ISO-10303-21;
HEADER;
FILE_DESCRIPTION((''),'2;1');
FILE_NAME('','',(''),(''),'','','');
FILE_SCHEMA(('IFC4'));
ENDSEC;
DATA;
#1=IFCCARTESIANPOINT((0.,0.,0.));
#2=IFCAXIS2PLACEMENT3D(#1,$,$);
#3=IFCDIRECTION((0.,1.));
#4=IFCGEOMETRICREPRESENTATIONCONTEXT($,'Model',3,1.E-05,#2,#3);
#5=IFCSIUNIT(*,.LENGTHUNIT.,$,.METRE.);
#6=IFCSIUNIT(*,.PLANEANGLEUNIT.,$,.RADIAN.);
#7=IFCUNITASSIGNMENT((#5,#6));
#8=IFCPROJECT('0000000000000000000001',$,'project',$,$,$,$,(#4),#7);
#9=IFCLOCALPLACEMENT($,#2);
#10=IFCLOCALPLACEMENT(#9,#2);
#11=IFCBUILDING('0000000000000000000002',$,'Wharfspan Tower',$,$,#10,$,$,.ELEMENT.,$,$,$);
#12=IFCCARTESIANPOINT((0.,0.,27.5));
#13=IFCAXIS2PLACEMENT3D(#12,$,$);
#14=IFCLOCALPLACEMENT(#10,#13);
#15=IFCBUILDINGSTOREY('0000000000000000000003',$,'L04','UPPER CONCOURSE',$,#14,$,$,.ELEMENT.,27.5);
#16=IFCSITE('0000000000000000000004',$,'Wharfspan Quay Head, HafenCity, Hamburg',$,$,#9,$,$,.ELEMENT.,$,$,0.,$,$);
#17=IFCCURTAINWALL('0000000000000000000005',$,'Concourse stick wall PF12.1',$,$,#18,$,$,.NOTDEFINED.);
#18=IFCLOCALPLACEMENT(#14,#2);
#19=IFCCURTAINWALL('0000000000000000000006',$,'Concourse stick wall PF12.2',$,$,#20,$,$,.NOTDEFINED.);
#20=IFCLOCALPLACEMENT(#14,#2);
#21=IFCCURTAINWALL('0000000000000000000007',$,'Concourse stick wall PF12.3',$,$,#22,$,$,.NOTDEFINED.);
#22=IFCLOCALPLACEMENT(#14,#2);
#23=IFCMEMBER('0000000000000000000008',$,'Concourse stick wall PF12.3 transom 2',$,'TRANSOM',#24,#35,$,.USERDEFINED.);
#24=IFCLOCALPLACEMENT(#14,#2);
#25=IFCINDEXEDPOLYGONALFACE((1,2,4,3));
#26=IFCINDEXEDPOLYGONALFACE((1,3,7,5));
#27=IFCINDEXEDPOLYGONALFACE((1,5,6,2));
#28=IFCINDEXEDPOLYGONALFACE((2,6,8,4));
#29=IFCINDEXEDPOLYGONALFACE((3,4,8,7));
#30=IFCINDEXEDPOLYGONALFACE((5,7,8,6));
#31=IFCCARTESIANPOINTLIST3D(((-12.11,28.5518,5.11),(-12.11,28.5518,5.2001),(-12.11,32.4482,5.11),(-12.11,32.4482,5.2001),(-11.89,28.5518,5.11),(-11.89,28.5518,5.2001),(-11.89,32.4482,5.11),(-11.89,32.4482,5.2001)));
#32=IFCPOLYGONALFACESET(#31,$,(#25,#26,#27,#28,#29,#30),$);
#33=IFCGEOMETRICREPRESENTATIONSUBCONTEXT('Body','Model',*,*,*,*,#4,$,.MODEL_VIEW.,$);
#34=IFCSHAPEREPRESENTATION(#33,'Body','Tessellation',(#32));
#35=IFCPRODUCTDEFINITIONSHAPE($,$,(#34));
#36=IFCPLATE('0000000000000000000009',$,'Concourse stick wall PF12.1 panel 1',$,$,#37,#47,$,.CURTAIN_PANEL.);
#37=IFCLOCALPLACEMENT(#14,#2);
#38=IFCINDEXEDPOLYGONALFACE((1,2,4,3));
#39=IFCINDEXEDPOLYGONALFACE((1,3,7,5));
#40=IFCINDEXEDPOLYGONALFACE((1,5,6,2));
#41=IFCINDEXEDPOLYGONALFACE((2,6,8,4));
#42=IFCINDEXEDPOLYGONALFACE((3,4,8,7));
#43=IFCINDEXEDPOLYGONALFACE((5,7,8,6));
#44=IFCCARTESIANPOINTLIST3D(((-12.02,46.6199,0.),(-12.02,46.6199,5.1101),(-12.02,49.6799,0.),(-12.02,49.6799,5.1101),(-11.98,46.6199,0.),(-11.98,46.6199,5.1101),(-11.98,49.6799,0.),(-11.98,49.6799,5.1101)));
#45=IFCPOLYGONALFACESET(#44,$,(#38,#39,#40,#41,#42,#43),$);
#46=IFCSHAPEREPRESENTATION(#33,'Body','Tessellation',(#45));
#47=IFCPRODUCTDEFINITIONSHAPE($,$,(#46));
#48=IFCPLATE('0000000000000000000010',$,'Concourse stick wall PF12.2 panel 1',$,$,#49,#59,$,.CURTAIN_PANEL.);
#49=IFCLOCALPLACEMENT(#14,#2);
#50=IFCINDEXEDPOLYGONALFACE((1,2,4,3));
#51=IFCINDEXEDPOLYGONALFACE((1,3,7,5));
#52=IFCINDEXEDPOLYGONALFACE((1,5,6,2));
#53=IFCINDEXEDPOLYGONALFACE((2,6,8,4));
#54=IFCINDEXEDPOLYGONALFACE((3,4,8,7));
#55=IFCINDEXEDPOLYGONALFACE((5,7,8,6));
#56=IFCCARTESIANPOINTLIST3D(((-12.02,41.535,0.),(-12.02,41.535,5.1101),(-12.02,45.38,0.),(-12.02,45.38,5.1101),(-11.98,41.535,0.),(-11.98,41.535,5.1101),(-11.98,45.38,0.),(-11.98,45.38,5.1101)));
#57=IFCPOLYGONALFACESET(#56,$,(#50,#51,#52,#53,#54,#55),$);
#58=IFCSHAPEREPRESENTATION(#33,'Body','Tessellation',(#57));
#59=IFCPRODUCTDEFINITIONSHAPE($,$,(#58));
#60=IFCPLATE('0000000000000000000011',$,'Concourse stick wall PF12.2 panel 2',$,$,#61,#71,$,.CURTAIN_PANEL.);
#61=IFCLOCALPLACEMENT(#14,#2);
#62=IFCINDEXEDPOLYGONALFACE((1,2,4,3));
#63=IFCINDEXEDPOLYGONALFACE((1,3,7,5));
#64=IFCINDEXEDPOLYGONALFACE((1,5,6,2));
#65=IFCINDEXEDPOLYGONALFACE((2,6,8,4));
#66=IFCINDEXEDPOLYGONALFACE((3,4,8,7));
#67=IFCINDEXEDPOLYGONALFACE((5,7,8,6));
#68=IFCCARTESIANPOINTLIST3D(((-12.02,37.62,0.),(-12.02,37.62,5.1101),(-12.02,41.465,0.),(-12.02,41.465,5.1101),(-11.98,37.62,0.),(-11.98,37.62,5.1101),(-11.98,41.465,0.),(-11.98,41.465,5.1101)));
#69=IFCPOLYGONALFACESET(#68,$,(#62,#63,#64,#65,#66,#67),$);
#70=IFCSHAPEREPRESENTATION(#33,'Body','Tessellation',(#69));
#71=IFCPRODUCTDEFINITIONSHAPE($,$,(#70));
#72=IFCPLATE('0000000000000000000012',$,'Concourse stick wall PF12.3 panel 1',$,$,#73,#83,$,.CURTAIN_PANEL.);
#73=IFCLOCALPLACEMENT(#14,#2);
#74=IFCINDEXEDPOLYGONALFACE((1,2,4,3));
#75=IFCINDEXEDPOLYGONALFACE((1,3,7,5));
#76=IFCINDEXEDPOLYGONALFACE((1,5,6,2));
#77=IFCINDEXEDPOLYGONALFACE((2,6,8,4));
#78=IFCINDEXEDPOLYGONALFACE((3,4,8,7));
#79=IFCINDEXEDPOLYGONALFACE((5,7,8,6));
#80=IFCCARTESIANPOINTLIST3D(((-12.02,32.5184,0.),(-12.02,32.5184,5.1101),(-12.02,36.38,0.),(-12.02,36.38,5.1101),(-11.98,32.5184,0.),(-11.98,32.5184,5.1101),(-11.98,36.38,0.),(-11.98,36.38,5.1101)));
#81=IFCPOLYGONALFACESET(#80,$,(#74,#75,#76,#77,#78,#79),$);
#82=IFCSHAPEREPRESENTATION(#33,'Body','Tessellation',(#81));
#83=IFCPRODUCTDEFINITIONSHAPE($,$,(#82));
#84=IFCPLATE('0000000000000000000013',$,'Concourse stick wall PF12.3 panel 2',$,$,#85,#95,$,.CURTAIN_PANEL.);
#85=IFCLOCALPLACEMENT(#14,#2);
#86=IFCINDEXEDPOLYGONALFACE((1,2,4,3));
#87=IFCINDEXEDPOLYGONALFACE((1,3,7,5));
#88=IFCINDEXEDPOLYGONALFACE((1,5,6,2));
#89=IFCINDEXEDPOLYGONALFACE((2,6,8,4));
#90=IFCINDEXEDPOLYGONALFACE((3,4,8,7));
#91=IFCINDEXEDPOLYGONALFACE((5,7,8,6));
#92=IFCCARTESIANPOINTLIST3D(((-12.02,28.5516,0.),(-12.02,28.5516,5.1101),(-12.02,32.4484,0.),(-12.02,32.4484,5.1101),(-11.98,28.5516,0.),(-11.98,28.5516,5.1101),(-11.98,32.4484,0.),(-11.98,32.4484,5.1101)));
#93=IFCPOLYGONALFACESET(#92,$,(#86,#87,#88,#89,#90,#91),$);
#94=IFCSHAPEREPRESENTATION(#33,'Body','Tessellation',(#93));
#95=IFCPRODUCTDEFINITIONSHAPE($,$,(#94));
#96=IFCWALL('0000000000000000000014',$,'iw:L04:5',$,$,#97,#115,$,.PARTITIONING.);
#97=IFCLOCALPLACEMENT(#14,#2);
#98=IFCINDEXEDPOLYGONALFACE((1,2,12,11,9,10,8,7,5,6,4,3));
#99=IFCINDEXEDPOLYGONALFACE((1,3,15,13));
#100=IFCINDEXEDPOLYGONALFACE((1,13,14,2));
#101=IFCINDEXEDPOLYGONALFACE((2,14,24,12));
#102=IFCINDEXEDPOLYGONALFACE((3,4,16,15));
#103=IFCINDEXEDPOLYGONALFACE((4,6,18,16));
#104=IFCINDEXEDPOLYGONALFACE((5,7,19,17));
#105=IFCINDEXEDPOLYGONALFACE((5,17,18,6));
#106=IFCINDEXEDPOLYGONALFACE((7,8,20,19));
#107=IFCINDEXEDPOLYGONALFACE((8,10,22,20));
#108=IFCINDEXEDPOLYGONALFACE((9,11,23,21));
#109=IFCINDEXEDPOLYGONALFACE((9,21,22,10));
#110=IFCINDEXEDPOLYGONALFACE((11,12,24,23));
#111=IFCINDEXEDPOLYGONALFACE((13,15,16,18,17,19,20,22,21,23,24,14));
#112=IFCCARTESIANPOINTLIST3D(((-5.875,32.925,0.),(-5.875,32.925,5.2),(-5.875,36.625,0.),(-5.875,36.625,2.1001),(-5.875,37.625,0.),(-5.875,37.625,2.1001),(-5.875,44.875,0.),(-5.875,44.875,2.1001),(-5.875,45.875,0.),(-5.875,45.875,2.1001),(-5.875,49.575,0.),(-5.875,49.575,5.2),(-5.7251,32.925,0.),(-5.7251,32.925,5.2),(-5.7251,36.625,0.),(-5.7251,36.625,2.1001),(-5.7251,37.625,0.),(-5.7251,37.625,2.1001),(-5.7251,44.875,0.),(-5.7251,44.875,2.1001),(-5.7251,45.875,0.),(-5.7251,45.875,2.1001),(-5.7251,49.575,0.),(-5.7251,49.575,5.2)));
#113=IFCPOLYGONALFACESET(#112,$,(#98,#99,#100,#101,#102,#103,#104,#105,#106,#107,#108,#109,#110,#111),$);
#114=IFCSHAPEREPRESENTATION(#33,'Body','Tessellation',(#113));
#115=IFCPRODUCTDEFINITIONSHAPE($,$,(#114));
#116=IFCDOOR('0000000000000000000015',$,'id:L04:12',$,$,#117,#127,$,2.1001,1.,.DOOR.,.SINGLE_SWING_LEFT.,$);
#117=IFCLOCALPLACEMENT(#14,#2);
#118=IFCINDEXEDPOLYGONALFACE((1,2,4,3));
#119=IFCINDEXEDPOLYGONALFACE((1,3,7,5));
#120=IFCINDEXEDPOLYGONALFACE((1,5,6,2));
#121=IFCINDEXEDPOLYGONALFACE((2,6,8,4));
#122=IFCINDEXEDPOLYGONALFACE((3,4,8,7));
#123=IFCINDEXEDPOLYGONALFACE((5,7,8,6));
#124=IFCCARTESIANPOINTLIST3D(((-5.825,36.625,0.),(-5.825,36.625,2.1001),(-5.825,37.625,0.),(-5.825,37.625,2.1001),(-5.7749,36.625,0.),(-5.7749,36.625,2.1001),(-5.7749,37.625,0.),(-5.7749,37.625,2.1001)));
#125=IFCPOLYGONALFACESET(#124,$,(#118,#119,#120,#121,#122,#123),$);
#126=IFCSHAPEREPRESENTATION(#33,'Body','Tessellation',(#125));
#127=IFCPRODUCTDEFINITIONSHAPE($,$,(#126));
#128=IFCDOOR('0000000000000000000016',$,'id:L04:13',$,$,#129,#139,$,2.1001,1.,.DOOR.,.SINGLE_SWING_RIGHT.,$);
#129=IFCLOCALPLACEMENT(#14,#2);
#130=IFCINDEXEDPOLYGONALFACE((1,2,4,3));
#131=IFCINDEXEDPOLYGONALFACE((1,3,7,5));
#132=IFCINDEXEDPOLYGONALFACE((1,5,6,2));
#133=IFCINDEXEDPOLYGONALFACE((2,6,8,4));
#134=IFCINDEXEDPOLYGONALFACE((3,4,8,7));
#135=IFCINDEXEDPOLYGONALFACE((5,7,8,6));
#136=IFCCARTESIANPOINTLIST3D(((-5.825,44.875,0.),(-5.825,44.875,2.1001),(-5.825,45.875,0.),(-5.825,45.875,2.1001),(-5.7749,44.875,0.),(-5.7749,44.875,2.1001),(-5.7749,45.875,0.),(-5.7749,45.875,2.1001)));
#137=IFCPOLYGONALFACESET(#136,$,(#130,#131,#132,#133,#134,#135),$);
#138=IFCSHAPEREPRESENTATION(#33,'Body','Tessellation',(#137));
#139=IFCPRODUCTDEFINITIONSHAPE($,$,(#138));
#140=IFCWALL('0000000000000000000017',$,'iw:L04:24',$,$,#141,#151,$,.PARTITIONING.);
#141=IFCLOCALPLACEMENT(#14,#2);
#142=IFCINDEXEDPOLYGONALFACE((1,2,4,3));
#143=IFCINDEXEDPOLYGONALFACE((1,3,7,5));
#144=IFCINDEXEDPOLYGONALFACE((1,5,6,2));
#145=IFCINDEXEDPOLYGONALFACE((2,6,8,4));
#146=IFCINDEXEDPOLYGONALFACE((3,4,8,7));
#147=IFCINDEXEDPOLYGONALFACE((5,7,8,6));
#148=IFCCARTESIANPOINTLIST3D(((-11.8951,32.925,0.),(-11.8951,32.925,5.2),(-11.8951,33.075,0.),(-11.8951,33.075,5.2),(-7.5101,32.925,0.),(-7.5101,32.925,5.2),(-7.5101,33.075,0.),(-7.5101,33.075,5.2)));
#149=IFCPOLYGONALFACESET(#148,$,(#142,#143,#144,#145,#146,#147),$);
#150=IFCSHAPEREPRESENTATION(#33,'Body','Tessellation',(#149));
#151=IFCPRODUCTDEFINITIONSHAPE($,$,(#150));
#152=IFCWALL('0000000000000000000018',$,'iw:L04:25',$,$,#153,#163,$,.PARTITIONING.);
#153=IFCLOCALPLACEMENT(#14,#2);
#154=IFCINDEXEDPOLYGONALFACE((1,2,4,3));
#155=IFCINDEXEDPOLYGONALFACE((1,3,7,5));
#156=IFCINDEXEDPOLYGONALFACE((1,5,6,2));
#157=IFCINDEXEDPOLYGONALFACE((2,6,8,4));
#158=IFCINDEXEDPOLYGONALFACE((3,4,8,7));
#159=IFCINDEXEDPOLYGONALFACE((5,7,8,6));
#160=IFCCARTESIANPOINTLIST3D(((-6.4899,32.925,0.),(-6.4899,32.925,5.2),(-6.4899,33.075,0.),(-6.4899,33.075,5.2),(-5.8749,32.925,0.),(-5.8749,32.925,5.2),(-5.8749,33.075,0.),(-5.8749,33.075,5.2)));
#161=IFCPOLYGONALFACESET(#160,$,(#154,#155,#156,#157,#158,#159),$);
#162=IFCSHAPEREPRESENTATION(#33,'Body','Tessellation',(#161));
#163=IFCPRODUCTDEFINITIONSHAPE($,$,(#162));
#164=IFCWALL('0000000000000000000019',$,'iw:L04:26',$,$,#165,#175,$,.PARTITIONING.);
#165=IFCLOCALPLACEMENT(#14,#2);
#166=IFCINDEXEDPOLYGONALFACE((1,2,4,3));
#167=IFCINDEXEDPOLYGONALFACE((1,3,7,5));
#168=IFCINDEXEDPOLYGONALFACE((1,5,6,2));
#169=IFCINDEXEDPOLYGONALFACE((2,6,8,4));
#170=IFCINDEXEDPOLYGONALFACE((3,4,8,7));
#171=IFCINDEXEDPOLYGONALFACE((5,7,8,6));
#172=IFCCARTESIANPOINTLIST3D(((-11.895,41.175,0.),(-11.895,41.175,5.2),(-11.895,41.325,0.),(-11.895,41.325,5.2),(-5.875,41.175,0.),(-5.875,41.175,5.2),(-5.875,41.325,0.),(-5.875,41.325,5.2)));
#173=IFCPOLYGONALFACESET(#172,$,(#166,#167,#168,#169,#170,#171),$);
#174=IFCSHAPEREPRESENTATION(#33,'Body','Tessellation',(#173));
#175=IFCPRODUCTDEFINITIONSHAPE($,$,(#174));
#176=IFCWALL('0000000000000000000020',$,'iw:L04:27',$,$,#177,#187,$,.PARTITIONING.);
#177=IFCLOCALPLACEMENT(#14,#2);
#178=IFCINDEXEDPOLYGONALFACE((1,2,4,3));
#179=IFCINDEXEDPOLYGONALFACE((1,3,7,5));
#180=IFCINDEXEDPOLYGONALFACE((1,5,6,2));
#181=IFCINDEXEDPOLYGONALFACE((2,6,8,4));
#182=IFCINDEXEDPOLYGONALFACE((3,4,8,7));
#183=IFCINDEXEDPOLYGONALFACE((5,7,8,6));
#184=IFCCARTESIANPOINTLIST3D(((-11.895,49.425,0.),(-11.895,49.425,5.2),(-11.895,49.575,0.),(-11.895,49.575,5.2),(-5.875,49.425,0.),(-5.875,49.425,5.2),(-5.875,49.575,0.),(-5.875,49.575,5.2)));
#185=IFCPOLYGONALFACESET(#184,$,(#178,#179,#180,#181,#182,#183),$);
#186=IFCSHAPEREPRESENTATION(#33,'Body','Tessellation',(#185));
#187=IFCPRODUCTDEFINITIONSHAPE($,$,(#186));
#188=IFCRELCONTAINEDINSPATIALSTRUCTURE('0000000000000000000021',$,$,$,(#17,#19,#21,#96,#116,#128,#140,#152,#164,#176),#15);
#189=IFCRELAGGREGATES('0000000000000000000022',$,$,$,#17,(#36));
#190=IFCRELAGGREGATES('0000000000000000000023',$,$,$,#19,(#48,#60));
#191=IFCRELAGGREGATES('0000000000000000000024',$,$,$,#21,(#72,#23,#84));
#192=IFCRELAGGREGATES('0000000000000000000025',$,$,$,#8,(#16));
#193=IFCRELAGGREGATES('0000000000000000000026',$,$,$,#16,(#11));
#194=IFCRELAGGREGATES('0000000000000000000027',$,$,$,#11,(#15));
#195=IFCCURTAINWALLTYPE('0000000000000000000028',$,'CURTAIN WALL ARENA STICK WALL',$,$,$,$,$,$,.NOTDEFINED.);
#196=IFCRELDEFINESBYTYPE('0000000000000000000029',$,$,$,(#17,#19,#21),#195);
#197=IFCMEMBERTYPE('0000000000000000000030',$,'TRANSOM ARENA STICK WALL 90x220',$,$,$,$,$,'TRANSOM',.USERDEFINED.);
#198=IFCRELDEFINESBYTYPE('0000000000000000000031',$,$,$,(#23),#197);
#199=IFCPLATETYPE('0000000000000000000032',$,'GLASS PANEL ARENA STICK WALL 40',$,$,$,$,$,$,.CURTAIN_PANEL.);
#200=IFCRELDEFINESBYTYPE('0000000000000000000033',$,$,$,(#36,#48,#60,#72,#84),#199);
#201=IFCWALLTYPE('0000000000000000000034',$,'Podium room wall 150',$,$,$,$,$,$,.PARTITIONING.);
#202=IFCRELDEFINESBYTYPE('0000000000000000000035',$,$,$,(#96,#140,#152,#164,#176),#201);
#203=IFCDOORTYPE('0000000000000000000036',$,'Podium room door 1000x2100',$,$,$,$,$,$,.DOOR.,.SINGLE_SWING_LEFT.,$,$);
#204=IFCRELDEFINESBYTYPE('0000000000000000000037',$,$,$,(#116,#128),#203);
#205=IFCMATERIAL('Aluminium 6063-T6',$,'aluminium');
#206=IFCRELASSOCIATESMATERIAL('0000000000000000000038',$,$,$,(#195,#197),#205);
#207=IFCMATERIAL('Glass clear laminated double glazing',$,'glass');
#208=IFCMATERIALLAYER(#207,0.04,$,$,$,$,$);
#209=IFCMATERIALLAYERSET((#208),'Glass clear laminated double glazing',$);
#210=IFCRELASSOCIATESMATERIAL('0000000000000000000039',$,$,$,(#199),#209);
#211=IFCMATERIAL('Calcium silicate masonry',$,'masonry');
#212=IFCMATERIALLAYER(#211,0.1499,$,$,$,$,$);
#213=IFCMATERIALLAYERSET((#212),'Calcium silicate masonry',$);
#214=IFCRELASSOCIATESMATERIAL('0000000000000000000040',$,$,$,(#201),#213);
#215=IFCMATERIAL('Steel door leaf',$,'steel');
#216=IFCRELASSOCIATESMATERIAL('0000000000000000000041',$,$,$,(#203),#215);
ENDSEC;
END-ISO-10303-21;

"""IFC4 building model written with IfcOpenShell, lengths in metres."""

from ifc_helpers import new_model, si_unit, direction, frame, frame_2d, origin, origin_2d, place, context, subcontext, project, spatial, rectangle, extrude, material, layer, layer_set, material_profile, profile_set, type_object, element, fill, aggregate, save


model = new_model("IFC4")

# Units and contexts
model_context = context("Model", 3, precision=1e-05, world=origin(), true_north=direction((0.0, 1.0)))
body_context = subcontext(model_context, "Body", "Model", "MODEL_VIEW")
ifc_project = project(units=[si_unit("LENGTHUNIT", "METRE"), si_unit("PLANEANGLEUNIT", "RADIAN")], contexts=[model_context])

# Site, building, storey
site_placement = place(None, origin())
site = spatial("IfcSite", under=ifc_project, at=site_placement, Name="Wharfspan Quay Head, HafenCity, Hamburg", CompositionType="ELEMENT", RefElevation=0.0)
building_placement = place(site_placement, origin())
building = spatial("IfcBuilding", under=site, at=building_placement, Name="Wharfspan Tower", CompositionType="ELEMENT")
storey_placement = place(building_placement, frame((0.0, 0.0, 27.5)))
storey = spatial("IfcBuildingStorey", under=building, at=storey_placement, Name="L04", Description="UPPER CONCOURSE", CompositionType="ELEMENT", Elevation=27.5)

# Curtain walls
ifc_material_1 = material(Name="Aluminium 6063-T6", Category="aluminium")
curtain_wall_type = type_object("IfcCurtainWallType", Name="CURTAIN WALL ARENA STICK WALL", PredefinedType="NOTDEFINED", material=ifc_material_1)
curtain_wall_1_placement = place(storey_placement, origin())
curtain_wall_1 = element("IfcCurtainWall", 1, at=curtain_wall_1_placement, inside=storey, type_object=curtain_wall_type, Name="Concourse stick wall PF12.1", PredefinedType="NOTDEFINED")
curtain_wall_2_placement = place(storey_placement, origin())
curtain_wall_2 = element("IfcCurtainWall", 2, at=curtain_wall_2_placement, inside=storey, type_object=curtain_wall_type, Name="Concourse stick wall PF12.2", PredefinedType="NOTDEFINED")
curtain_wall_3_placement = place(storey_placement, origin())
curtain_wall_3 = element("IfcCurtainWall", 3, at=curtain_wall_3_placement, inside=storey, type_object=curtain_wall_type, Name="Concourse stick wall PF12.3", PredefinedType="NOTDEFINED")

# Member
ifc_material_profile_1 = material_profile(ifc_material_1, rectangle(XDim=0.22, YDim=0.0901, at=origin_2d()))
ifc_profile_set_1 = profile_set([ifc_material_profile_1], Name="Aluminium 6063-T6")
member_type_1 = type_object("IfcMemberType", Name="TRANSOM ARENA STICK WALL 90x220", ElementType="TRANSOM", PredefinedType="USERDEFINED", material=ifc_profile_set_1)
member_1_placement = place(storey_placement, frame((-12.0, 32.4482, 5.155), z_axis=(0.0, -1.0, 0.0), x_axis=(1.0, 0.0, 0.0)))
member_1 = element("IfcMember", 4, at=member_1_placement, type_object=member_type_1, Name="Concourse stick wall PF12.3 transom 2", ObjectType="TRANSOM", PredefinedType="USERDEFINED", context=body_context, shape_type="SweptSolid", body=[
    extrude(rectangle(XDim=0.22, YDim=0.0901, at=origin_2d()), origin(), (0.0, 0.0, 1.0), 3.8965),
])

# Plates
ifc_material_2 = material(Name="Glass clear laminated double glazing", Category="glass")
ifc_layer_1 = layer(ifc_material_2, 0.04)
ifc_layer_set_1 = layer_set([ifc_layer_1], Name="Glass clear laminated double glazing")
plate_type = type_object("IfcPlateType", Name="GLASS PANEL ARENA STICK WALL 40", PredefinedType="CURTAIN_PANEL", material=ifc_layer_set_1)
plate_1_placement = place(storey_placement, frame((-12.0, 48.1499, 0.0), z_axis=(0.0, 0.0, 1.0), x_axis=(0.0, -1.0, 0.0)))
plate_1 = element("IfcPlate", 5, at=plate_1_placement, type_object=plate_type, Name="Concourse stick wall PF12.1 panel 1", PredefinedType="CURTAIN_PANEL", context=body_context, shape_type="SweptSolid", body=[
    extrude(rectangle(XDim=3.0601, YDim=0.04, at=origin_2d()), origin(), (0.0, 0.0, 1.0), 5.1101),
])
aggregate(curtain_wall_1, [plate_1])
plate_2_placement = place(storey_placement, frame((-12.0, 43.4575, 0.0), z_axis=(0.0, 0.0, 1.0), x_axis=(0.0, -1.0, 0.0)))
plate_2 = element("IfcPlate", 6, at=plate_2_placement, type_object=plate_type, Name="Concourse stick wall PF12.2 panel 1", PredefinedType="CURTAIN_PANEL", context=body_context, shape_type="SweptSolid", body=[
    extrude(rectangle(XDim=3.845, YDim=0.04, at=origin_2d()), origin(), (0.0, 0.0, 1.0), 5.1101),
])
plate_3_placement = place(storey_placement, frame((-12.0, 39.5425, 0.0), z_axis=(0.0, 0.0, 1.0), x_axis=(0.0, -1.0, 0.0)))
plate_3 = element("IfcPlate", 7, at=plate_3_placement, type_object=plate_type, Name="Concourse stick wall PF12.2 panel 2", PredefinedType="CURTAIN_PANEL", context=body_context, shape_type="SweptSolid", body=[
    extrude(rectangle(XDim=3.845, YDim=0.04, at=origin_2d()), origin(), (0.0, 0.0, 1.0), 5.1101),
])
aggregate(curtain_wall_2, [plate_2, plate_3])
plate_4_placement = place(storey_placement, frame((-12.0, 34.4492, 0.0), z_axis=(0.0, 0.0, 1.0), x_axis=(0.0, -1.0, 0.0)))
plate_4 = element("IfcPlate", 8, at=plate_4_placement, type_object=plate_type, Name="Concourse stick wall PF12.3 panel 1", PredefinedType="CURTAIN_PANEL", context=body_context, shape_type="SweptSolid", body=[
    extrude(rectangle(XDim=3.8616, YDim=0.04, at=origin_2d()), origin(), (0.0, 0.0, 1.0), 5.1101),
])
plate_5_placement = place(storey_placement, frame((-12.0, 30.5, 0.0), z_axis=(0.0, 0.0, 1.0), x_axis=(0.0, -1.0, 0.0)))
plate_5 = element("IfcPlate", 9, at=plate_5_placement, type_object=plate_type, Name="Concourse stick wall PF12.3 panel 2", PredefinedType="CURTAIN_PANEL", context=body_context, shape_type="SweptSolid", body=[
    extrude(rectangle(XDim=3.8967, YDim=0.04, at=origin_2d()), origin(), (0.0, 0.0, 1.0), 5.1101),
])
aggregate(curtain_wall_3, [plate_4, member_1, plate_5])

# Wall, openings, doors
ifc_material_3 = material(Name="Calcium silicate masonry", Category="masonry")
ifc_layer_2 = layer(ifc_material_3, 0.1499)
ifc_layer_set_2 = layer_set([ifc_layer_2], Name="Calcium silicate masonry")
wall_type_1 = type_object("IfcWallType", Name="Podium room wall 150", PredefinedType="PARTITIONING", material=ifc_layer_set_2)
wall_1_placement = place(storey_placement, frame((-5.8, 32.925, 0.0), z_axis=(0.0, 0.0, 1.0), x_axis=(0.0, 1.0, 0.0)))
wall_1 = element("IfcWall", 10, at=wall_1_placement, inside=storey, type_object=wall_type_1, Name="iw:L04:5", PredefinedType="PARTITIONING", context=body_context, shape_type="SweptSolid", body=[
    extrude(rectangle(XDim=16.6499, YDim=0.1499, at=frame_2d((8.325, 0.0))), origin(), (0.0, 0.0, 1.0), 5.2),
])
opening_1_placement = place(wall_1_placement, frame((3.7, 0.0, 0.0)))
opening_1 = element("IfcOpeningElement", 11, at=opening_1_placement, cuts=wall_1, PredefinedType="OPENING", context=body_context, shape_type="SweptSolid", body=[
    extrude(rectangle(XDim=1.0, YDim=2.1001, at=frame_2d((0.5, 1.05))), frame((0.0, 0.085, 0.0), z_axis=(0.0, -1.0, 0.0), x_axis=(1.0, 0.0, 0.0)), (0.0, 0.0, 1.0), 0.1699),
])
opening_2_placement = place(wall_1_placement, frame((11.95, 0.0, 0.0)))
opening_2 = element("IfcOpeningElement", 12, at=opening_2_placement, cuts=wall_1, PredefinedType="OPENING", context=body_context, shape_type="SweptSolid", body=[
    extrude(rectangle(XDim=1.0, YDim=2.1001, at=frame_2d((0.5, 1.05))), frame((0.0, 0.085, 0.0), z_axis=(0.0, -1.0, 0.0), x_axis=(1.0, 0.0, 0.0)), (0.0, 0.0, 1.0), 0.1699),
])
ifc_material_4 = material(Name="Steel door leaf", Category="steel")
door_type = type_object("IfcDoorType", Name="Podium room door 1000x2100", OperationType="SINGLE_SWING_LEFT", PredefinedType="DOOR", material=ifc_material_4)
door_1_placement = place(opening_1_placement, origin())
door_1 = element("IfcDoor", 13, at=door_1_placement, inside=storey, type_object=door_type, Name="id:L04:12", OperationType="SINGLE_SWING_LEFT", OverallHeight=2.1001, OverallWidth=1.0, PredefinedType="DOOR", context=body_context, shape_type="SweptSolid", body=[
    extrude(rectangle(XDim=1.0, YDim=2.1001, at=frame_2d((0.5, 1.05))), frame((0.0, 0.0249, 0.0), z_axis=(0.0, -1.0, 0.0), x_axis=(1.0, 0.0, 0.0)), (0.0, 0.0, 1.0), 0.05),
])
fill(opening_1, door_1)
door_2_placement = place(opening_2_placement, origin())
door_2 = element("IfcDoor", 14, at=door_2_placement, inside=storey, type_object=door_type, Name="id:L04:13", OperationType="SINGLE_SWING_RIGHT", OverallHeight=2.1001, OverallWidth=1.0, PredefinedType="DOOR", context=body_context, shape_type="SweptSolid", body=[
    extrude(rectangle(XDim=1.0, YDim=2.1001, at=frame_2d((0.5, 1.05))), frame((0.0, 0.0249, 0.0), z_axis=(0.0, -1.0, 0.0), x_axis=(1.0, 0.0, 0.0)), (0.0, 0.0, 1.0), 0.05),
])
fill(opening_2, door_2)

# Walls
wall_2_placement = place(storey_placement, frame((-11.895, 33.0, 0.0), z_axis=(0.0, 0.0, 1.0), x_axis=(1.0, 0.0, 0.0)))
element("IfcWall", 15, at=wall_2_placement, inside=storey, type_object=wall_type_1, Name="iw:L04:24", PredefinedType="PARTITIONING", context=body_context, shape_type="SweptSolid", body=[
    extrude(rectangle(XDim=4.385, YDim=0.1499, at=frame_2d((2.1924, 0.0))), origin(), (0.0, 0.0, 1.0), 5.2),
])
wall_3_placement = place(storey_placement, frame((-6.49, 33.0, 0.0), z_axis=(0.0, 0.0, 1.0), x_axis=(1.0, 0.0, 0.0)))
element("IfcWall", 16, at=wall_3_placement, inside=storey, type_object=wall_type_1, Name="iw:L04:25", PredefinedType="PARTITIONING", context=body_context, shape_type="SweptSolid", body=[
    extrude(rectangle(XDim=0.615, YDim=0.1499, at=frame_2d((0.3076, 0.0))), origin(), (0.0, 0.0, 1.0), 5.2),
])
for number, where, z_axis, x_axis, name in (
    (17, (-11.895, 41.25, 0.0), (0.0, 0.0, 1.0), (1.0, 0.0, 0.0), "iw:L04:26"),
    (18, (-11.895, 49.5, 0.0), (0.0, 0.0, 1.0), (1.0, 0.0, 0.0), "iw:L04:27"),
):
    element("IfcWall", number, at=place(storey_placement, frame(where, z_axis=z_axis, x_axis=x_axis)), inside=storey, type_object=wall_type_1, Name=name, PredefinedType="PARTITIONING", context=body_context, shape_type="SweptSolid", body=[
        extrude(rectangle(XDim=6.02, YDim=0.1499, at=frame_2d((3.01, 0.0))), origin(), (0.0, 0.0, 1.0), 5.2),
    ])

save(model, "model.ifc")
